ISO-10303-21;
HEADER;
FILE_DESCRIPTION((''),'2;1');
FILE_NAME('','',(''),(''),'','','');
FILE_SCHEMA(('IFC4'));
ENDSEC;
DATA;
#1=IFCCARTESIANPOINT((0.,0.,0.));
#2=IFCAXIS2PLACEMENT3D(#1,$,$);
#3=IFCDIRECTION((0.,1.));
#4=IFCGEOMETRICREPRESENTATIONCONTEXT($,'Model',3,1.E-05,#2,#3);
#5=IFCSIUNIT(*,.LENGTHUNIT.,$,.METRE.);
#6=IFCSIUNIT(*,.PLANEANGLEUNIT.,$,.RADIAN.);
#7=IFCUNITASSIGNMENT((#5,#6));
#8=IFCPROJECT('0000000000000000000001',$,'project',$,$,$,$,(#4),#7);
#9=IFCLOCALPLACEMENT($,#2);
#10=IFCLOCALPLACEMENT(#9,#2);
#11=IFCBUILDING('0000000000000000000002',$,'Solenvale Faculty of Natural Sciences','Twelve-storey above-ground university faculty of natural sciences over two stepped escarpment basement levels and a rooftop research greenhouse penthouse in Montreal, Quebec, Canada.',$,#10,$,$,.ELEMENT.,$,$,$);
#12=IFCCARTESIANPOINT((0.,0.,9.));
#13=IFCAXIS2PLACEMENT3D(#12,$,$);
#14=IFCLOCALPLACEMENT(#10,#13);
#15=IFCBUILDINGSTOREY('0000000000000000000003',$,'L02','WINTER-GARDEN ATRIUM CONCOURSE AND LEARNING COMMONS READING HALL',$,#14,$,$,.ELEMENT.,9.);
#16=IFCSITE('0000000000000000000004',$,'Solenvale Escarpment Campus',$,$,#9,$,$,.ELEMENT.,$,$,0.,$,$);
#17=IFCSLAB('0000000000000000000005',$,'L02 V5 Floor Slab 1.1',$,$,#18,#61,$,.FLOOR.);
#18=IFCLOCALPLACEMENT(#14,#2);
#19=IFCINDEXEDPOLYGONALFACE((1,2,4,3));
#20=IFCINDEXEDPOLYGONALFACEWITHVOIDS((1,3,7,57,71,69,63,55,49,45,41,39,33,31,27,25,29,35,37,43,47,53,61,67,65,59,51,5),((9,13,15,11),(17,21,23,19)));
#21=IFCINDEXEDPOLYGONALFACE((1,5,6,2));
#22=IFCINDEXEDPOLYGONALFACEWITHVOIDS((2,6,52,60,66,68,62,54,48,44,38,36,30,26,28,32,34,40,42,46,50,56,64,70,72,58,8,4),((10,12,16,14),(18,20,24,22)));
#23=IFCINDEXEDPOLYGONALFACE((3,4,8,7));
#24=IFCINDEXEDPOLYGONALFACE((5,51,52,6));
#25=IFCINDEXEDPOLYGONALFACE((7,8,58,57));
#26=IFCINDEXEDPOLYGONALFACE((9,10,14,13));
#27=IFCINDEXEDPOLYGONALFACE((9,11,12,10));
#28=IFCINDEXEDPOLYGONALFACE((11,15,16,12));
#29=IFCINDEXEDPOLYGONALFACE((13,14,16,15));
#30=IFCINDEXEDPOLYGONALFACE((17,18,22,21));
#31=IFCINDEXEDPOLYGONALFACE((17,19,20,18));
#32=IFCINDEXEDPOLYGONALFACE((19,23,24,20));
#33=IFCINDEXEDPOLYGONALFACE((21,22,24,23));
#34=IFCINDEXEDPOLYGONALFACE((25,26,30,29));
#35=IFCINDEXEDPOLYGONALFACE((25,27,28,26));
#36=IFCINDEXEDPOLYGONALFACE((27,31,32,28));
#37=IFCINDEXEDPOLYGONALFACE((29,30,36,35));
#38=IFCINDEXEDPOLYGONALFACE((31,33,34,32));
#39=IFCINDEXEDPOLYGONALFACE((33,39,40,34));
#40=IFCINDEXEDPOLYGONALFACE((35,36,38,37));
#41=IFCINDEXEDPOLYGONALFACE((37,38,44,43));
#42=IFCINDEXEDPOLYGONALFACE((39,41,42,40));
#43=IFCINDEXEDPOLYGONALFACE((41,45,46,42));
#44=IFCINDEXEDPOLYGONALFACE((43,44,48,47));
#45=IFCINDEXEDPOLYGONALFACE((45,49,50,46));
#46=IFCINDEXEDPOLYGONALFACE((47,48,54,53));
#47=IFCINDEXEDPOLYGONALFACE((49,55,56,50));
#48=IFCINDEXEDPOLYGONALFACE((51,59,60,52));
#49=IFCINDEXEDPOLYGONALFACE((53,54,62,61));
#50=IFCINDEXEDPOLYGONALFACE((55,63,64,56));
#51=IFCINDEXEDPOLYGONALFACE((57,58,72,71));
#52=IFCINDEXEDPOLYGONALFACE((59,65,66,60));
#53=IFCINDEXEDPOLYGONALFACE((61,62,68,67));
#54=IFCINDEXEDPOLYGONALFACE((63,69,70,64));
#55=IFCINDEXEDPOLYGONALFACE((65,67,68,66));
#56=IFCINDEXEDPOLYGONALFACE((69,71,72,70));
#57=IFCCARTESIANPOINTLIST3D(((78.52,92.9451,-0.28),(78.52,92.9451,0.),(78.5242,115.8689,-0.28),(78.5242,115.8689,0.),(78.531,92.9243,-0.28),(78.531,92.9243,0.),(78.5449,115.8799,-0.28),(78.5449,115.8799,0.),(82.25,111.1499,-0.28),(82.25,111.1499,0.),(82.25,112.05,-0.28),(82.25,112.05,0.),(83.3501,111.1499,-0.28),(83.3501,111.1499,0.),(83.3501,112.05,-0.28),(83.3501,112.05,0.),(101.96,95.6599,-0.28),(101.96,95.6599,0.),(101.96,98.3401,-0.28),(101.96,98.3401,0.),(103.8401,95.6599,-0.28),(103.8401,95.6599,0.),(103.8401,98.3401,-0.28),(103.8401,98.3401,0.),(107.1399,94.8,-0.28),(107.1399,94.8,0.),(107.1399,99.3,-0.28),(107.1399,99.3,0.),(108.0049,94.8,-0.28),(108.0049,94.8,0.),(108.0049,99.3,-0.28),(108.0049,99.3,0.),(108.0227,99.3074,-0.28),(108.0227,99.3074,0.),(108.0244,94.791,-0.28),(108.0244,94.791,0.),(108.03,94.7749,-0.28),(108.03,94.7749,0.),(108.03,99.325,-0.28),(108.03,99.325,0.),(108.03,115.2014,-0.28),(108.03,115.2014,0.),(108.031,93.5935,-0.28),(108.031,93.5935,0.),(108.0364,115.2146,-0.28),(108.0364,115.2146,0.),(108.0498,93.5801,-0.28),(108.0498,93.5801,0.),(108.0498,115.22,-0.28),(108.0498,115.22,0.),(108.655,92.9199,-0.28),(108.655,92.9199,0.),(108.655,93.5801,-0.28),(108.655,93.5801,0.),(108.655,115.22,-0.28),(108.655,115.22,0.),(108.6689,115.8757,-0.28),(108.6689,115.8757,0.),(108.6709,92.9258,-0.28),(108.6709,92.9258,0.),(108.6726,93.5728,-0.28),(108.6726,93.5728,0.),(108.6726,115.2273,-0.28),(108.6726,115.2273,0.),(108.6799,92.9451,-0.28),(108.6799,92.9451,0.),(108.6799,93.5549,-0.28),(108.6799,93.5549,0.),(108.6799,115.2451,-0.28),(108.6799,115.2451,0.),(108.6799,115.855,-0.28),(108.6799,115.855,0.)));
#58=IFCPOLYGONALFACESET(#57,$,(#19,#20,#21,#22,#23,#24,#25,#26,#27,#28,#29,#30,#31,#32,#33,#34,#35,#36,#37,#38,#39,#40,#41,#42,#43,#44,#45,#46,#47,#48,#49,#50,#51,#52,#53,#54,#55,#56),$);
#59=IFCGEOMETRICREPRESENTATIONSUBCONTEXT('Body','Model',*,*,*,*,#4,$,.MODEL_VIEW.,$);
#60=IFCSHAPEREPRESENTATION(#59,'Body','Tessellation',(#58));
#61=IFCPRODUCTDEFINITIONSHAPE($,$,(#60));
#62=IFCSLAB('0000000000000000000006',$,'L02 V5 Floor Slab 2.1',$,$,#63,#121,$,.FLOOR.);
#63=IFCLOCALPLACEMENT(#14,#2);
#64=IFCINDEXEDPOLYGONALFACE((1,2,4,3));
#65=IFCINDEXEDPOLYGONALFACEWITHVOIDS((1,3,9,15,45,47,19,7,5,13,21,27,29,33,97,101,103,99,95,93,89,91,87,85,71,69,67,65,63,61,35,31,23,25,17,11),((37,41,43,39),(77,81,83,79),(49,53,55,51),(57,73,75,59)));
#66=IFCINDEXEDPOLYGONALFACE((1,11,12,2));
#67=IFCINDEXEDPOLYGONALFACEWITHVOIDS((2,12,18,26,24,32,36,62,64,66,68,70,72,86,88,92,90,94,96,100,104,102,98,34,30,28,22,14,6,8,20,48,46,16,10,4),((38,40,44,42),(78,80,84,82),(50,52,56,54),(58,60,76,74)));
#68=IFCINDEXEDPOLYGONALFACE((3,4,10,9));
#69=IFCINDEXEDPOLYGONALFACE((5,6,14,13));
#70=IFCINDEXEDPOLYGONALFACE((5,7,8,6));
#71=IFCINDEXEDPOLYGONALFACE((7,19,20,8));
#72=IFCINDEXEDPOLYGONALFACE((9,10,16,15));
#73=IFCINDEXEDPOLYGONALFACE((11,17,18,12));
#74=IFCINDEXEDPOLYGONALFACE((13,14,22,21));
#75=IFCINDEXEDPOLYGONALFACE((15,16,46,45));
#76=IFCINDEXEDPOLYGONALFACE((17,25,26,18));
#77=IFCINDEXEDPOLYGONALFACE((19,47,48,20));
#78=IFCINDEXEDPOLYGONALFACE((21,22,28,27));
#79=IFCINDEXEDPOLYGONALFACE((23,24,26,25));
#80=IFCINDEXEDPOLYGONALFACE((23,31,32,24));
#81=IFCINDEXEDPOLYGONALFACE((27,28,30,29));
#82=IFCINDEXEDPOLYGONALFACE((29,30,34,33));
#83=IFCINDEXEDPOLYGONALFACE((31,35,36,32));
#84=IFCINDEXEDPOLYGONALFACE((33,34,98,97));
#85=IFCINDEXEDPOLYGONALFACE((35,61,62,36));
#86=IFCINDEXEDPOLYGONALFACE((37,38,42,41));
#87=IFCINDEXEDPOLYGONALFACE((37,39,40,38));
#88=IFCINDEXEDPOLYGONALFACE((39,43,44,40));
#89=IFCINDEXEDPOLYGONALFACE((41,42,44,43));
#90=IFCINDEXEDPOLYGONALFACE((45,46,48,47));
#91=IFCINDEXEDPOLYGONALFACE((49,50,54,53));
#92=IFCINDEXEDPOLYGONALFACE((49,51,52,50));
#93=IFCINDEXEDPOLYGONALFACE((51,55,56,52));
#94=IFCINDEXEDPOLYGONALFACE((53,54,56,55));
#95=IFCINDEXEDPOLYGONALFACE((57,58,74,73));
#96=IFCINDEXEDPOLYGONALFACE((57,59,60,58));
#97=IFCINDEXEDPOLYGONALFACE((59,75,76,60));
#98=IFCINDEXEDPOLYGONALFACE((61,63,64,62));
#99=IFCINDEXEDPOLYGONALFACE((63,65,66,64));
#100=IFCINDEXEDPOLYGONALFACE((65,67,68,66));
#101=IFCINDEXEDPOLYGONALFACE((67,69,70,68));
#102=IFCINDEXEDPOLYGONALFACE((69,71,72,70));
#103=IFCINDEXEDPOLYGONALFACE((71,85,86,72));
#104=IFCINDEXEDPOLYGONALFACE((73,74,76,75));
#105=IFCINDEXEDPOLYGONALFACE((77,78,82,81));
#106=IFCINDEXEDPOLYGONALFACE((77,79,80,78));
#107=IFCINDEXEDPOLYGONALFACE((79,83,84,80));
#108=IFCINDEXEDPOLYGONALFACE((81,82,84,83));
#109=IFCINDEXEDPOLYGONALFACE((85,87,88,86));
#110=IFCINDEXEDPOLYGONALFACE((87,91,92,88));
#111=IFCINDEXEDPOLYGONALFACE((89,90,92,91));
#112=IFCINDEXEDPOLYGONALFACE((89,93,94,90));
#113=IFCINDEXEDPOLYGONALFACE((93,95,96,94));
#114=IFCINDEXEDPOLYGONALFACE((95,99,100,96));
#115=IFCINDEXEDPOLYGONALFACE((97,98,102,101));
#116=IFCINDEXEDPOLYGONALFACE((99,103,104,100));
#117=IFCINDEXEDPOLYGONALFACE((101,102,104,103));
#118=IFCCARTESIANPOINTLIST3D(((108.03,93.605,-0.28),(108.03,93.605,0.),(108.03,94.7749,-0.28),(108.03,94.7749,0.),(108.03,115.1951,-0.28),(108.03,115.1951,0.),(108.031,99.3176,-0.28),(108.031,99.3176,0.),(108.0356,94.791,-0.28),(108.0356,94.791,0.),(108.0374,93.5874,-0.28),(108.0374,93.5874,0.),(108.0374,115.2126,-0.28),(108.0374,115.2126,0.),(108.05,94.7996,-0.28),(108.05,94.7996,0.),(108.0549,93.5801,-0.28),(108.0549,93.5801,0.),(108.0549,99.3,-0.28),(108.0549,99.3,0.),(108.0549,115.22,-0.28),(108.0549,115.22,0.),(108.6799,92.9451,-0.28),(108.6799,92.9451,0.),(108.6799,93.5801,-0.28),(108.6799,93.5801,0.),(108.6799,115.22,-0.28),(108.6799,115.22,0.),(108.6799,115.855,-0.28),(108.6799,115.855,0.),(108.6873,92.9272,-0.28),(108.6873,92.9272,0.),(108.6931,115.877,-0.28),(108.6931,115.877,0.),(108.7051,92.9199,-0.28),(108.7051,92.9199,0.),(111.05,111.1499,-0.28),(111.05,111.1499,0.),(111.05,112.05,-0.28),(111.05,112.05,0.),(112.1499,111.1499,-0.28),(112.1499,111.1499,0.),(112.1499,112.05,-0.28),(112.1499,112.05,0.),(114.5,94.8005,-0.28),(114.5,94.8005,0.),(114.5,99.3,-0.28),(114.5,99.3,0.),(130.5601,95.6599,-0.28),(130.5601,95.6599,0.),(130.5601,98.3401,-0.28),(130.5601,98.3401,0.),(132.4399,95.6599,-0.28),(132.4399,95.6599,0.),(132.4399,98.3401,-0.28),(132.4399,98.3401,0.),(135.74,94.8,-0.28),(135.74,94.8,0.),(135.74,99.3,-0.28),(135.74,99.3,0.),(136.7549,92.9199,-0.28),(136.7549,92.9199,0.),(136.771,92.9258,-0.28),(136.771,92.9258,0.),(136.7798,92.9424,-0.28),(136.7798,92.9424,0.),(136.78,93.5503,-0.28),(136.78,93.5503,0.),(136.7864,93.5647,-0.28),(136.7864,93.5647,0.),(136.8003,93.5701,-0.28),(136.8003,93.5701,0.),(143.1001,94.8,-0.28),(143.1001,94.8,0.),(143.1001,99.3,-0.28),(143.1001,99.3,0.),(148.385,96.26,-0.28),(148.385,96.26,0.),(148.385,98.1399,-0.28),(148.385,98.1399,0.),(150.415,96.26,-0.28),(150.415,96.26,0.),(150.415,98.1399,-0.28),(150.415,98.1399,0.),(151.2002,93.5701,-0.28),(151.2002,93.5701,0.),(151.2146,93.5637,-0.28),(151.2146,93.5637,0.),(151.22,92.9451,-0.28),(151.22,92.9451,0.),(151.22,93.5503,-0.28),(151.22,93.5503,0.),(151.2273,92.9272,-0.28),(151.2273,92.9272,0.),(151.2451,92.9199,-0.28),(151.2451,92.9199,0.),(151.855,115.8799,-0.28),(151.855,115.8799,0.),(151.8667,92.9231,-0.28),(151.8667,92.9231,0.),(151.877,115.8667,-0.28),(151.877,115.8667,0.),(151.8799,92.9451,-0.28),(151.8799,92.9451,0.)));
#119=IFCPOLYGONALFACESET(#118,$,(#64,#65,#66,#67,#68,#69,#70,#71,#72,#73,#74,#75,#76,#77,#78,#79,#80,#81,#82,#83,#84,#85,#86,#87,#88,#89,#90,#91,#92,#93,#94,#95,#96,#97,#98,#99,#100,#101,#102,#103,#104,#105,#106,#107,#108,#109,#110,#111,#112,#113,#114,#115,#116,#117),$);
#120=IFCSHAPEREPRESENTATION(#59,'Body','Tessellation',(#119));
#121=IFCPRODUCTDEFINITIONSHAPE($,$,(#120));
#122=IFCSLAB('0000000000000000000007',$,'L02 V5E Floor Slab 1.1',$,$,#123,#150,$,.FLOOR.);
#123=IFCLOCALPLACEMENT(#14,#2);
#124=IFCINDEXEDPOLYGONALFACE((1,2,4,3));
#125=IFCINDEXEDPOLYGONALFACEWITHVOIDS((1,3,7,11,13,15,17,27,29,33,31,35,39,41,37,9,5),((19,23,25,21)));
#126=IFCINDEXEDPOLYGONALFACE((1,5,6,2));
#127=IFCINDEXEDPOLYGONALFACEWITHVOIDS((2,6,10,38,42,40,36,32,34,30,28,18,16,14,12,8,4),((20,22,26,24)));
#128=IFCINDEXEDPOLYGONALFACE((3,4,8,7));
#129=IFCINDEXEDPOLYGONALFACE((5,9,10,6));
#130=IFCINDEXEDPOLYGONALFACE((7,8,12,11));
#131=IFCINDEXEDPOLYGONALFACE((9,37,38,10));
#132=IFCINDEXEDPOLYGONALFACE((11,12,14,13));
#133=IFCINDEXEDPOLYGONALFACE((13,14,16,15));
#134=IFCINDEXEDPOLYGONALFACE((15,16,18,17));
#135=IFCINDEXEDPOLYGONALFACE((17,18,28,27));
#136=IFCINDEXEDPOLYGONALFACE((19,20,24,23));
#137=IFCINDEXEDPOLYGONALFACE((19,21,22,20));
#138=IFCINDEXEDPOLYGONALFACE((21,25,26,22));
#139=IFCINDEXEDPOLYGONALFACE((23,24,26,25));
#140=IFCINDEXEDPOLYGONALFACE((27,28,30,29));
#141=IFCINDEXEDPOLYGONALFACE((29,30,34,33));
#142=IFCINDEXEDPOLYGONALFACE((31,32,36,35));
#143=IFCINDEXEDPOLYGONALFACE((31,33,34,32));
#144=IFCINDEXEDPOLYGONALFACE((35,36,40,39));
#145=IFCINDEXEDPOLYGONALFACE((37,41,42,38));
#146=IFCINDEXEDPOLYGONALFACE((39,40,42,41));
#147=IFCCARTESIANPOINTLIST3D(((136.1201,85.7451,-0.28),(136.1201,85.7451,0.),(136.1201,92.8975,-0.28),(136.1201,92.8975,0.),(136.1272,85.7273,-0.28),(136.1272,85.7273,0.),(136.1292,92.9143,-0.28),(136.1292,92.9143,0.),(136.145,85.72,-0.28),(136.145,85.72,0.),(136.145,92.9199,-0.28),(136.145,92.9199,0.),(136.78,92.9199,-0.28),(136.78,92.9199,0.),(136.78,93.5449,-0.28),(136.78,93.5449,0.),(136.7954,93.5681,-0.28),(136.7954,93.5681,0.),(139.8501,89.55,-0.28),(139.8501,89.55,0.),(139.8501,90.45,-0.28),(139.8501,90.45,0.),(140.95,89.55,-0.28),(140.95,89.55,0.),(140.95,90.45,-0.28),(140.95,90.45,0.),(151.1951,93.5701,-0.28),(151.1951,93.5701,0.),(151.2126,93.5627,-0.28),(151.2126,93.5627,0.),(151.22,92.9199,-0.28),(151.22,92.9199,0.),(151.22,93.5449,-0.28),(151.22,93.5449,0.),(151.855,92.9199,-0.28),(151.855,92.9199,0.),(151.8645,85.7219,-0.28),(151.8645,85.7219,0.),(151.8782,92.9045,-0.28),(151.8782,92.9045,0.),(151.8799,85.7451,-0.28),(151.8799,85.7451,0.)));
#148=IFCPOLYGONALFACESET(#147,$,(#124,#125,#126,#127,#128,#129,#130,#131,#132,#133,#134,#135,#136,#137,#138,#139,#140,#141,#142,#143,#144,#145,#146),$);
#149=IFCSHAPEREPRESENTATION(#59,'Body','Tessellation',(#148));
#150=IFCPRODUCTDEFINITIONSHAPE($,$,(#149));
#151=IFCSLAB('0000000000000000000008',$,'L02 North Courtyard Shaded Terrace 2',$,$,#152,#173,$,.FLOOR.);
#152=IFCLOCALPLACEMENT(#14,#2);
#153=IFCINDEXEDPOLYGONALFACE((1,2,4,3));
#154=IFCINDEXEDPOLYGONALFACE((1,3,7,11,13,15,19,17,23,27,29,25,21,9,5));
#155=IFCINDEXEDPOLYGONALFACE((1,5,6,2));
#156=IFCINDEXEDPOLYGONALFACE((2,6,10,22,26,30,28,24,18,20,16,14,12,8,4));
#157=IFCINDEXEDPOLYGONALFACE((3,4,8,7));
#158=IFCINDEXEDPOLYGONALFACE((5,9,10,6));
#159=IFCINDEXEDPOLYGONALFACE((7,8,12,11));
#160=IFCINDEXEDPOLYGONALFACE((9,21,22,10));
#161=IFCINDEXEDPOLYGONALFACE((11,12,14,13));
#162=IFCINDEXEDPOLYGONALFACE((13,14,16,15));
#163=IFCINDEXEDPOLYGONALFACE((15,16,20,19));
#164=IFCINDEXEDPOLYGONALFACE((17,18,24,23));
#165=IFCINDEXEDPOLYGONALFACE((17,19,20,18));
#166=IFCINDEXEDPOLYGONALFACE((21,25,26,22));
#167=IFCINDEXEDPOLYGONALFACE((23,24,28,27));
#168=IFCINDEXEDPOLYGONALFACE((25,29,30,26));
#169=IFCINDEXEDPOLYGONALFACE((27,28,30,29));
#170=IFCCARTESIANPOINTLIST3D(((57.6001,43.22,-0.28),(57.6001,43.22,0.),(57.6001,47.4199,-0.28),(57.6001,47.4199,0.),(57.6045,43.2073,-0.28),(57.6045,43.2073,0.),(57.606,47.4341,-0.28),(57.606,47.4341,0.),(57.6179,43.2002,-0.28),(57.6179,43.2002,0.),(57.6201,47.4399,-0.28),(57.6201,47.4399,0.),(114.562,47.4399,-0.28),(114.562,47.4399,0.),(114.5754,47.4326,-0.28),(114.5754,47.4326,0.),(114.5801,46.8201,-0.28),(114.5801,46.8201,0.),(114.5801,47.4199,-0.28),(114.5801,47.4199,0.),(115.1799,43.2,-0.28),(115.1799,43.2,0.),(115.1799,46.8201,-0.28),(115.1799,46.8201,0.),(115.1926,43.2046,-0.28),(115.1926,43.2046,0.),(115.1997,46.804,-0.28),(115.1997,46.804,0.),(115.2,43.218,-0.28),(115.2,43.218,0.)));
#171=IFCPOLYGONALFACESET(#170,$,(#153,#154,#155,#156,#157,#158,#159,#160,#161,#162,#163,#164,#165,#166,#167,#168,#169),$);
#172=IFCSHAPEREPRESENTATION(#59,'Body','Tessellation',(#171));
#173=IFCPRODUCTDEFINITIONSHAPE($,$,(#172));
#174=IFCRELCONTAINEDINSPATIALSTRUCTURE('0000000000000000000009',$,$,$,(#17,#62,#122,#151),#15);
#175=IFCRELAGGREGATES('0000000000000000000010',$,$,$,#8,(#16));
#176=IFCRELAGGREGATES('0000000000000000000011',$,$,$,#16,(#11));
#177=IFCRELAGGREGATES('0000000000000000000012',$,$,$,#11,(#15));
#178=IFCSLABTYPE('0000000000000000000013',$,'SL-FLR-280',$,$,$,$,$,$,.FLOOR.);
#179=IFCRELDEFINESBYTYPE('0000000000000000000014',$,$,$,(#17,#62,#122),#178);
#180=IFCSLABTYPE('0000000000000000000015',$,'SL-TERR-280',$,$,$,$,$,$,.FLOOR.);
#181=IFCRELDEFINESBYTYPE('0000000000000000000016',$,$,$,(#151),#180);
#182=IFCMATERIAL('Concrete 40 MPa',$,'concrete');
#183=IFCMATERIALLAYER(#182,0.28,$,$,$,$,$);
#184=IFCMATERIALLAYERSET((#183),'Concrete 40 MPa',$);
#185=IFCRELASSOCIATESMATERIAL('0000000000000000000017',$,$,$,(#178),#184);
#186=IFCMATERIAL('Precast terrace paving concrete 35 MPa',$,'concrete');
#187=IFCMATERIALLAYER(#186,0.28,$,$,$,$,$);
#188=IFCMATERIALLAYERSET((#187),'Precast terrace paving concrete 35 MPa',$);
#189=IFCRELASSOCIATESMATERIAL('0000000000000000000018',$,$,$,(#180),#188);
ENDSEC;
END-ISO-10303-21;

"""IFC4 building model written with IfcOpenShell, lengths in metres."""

from ifc_helpers import new_model, si_unit, direction, frame, origin, place, context, subcontext, project, spatial, polyline, outline, extrude, material, layer, layer_set, type_object, element, save


model = new_model("IFC4")

# Units and contexts
model_context = context("Model", 3, precision=1e-05, world=origin(), true_north=direction((0.0, 1.0)))
body_context = subcontext(model_context, "Body", "Model", "MODEL_VIEW")
ifc_project = project(units=[si_unit("LENGTHUNIT", "METRE"), si_unit("PLANEANGLEUNIT", "RADIAN")], contexts=[model_context])

# Site, building, storey
site_placement = place(None, origin())
site = spatial("IfcSite", under=ifc_project, at=site_placement, Name="Solenvale Escarpment Campus", CompositionType="ELEMENT", RefElevation=0.0)
building_placement = place(site_placement, origin())
building = spatial("IfcBuilding", under=site, at=building_placement, Name="Solenvale Faculty of Natural Sciences", Description="Twelve-storey above-ground university faculty of natural sciences over two stepped escarpment basement levels and a rooftop research greenhouse penthouse in Montreal, Quebec, Canada.", CompositionType="ELEMENT")
storey_placement = place(building_placement, frame((0.0, 0.0, 9.0)))
storey = spatial("IfcBuildingStorey", under=building, at=storey_placement, Name="L02", Description="WINTER-GARDEN ATRIUM CONCOURSE AND LEARNING COMMONS READING HALL", CompositionType="ELEMENT", Elevation=9.0)

# Slabs
ifc_material_1 = material(Name="Concrete 40 MPa", Category="concrete")
ifc_layer_1 = layer(ifc_material_1, 0.28)
ifc_layer_set_1 = layer_set([ifc_layer_1], Name="Concrete 40 MPa")
slab_type_1 = type_object("IfcSlabType", Name="SL-FLR-280", PredefinedType="FLOOR", material=ifc_layer_set_1)
slab_1_placement = place(storey_placement, frame((0.0, 0.0, -0.28)))
element("IfcSlab", 1, at=slab_1_placement, inside=storey, type_object=slab_type_1, Name="L02 V5 Floor Slab 1.1", PredefinedType="FLOOR", context=body_context, shape_type="SweptSolid", body=[
    extrude(outline(polyline([(107.1399, 94.8), (108.0049, 94.8), (108.0244, 94.791), (108.03, 94.7749), (108.031, 93.5935), (108.0498, 93.5801), (108.655, 93.5801), (108.6726, 93.5728), (108.6799, 93.5549), (108.6799, 92.9451), (108.6709, 92.9258), (108.655, 92.9199), (78.531, 92.9243), (78.52, 92.9451), (78.5242, 115.8689), (78.5449, 115.8799), (108.6689, 115.8757), (108.6799, 115.855), (108.6799, 115.2451), (108.6726, 115.2273), (108.655, 115.22), (108.0498, 115.22), (108.0364, 115.2146), (108.03, 115.2014), (108.03, 99.325), (108.0227, 99.3074), (108.0049, 99.3), (107.1399, 99.3), (107.1399, 94.8)]), holes=[polyline([(101.96, 95.6599), (103.8401, 95.6599), (103.8401, 98.3401), (101.96, 98.3401), (101.96, 95.6599)]), polyline([(82.25, 111.1499), (83.3501, 111.1499), (83.3501, 112.05), (82.25, 112.05), (82.25, 111.1499)])]), origin(), (0.0, 0.0, 1.0), 0.28),
])
slab_2_placement = place(storey_placement, frame((0.0, 0.0, -0.28)))
element("IfcSlab", 2, at=slab_2_placement, inside=storey, type_object=slab_type_1, Name="L02 V5 Floor Slab 2.1", PredefinedType="FLOOR", context=body_context, shape_type="SweptSolid", body=[
    extrude(outline(polyline([(108.0549, 93.5801), (108.0374, 93.5874), (108.03, 93.605), (108.03, 94.7749), (108.0356, 94.791), (108.05, 94.7996), (114.5, 94.8005), (114.5, 99.3), (108.0549, 99.3), (108.031, 99.3176), (108.03, 115.1951), (108.0374, 115.2126), (108.0549, 115.22), (108.6799, 115.22), (108.6799, 115.855), (108.6931, 115.877), (151.855, 115.8799), (151.877, 115.8667), (151.8799, 92.9451), (151.8667, 92.9231), (151.2451, 92.9199), (151.2273, 92.9272), (151.22, 92.9451), (151.22, 93.5503), (151.2146, 93.5637), (151.2002, 93.5701), (136.8003, 93.5701), (136.7864, 93.5647), (136.78, 93.5503), (136.7798, 92.9424), (136.771, 92.9258), (136.7549, 92.9199), (108.7051, 92.9199), (108.6873, 92.9272), (108.6799, 92.9451), (108.6799, 93.5801), (108.0549, 93.5801)]), holes=[polyline([(148.385, 96.26), (150.415, 96.26), (150.415, 98.1399), (148.385, 98.1399), (148.385, 96.26)]), polyline([(135.74, 94.8), (143.1001, 94.8), (143.1001, 99.3), (135.74, 99.3), (135.74, 94.8)]), polyline([(130.5601, 95.6599), (132.4399, 95.6599), (132.4399, 98.3401), (130.5601, 98.3401), (130.5601, 95.6599)]), polyline([(111.05, 111.1499), (112.1499, 111.1499), (112.1499, 112.05), (111.05, 112.05), (111.05, 111.1499)])]), origin(), (0.0, 0.0, 1.0), 0.28),
])
slab_3_placement = place(storey_placement, frame((0.0, 0.0, -0.28)))
element("IfcSlab", 3, at=slab_3_placement, inside=storey, type_object=slab_type_1, Name="L02 V5E Floor Slab 1.1", PredefinedType="FLOOR", context=body_context, shape_type="SweptSolid", body=[
    extrude(outline(polyline([(136.145, 85.72), (136.1272, 85.7273), (136.1201, 85.7451), (136.1201, 92.8975), (136.1292, 92.9143), (136.145, 92.9199), (136.78, 92.9199), (136.78, 93.5449), (136.7954, 93.5681), (151.1951, 93.5701), (151.2126, 93.5627), (151.22, 93.5449), (151.22, 92.9199), (151.855, 92.9199), (151.8782, 92.9045), (151.8799, 85.7451), (151.8645, 85.7219), (136.145, 85.72)]), holes=[polyline([(139.8501, 89.55), (140.95, 89.55), (140.95, 90.45), (139.8501, 90.45), (139.8501, 89.55)])]), origin(), (0.0, 0.0, 1.0), 0.28),
])
ifc_material_2 = material(Name="Precast terrace paving concrete 35 MPa", Category="concrete")
ifc_layer_2 = layer(ifc_material_2, 0.28)
ifc_layer_set_2 = layer_set([ifc_layer_2], Name="Precast terrace paving concrete 35 MPa")
slab_type_2 = type_object("IfcSlabType", Name="SL-TERR-280", PredefinedType="FLOOR", material=ifc_layer_set_2)
slab_4_placement = place(storey_placement, frame((0.0, 0.0, -0.28)))
element("IfcSlab", 4, at=slab_4_placement, inside=storey, type_object=slab_type_2, Name="L02 North Courtyard Shaded Terrace 2", PredefinedType="FLOOR", context=body_context, shape_type="SweptSolid", body=[
    extrude(outline(polyline([(57.6001, 47.4199), (57.606, 47.4341), (57.6201, 47.4399), (114.562, 47.4399), (114.5754, 47.4326), (114.5801, 47.4199), (114.5801, 46.8201), (115.1799, 46.8201), (115.1997, 46.804), (115.2, 43.218), (115.1926, 43.2046), (115.1799, 43.2), (57.6179, 43.2002), (57.6045, 43.2073), (57.6001, 43.22), (57.6001, 47.4199)])), origin(), (0.0, 0.0, 1.0), 0.28),
])

save(model, "model.ifc")
